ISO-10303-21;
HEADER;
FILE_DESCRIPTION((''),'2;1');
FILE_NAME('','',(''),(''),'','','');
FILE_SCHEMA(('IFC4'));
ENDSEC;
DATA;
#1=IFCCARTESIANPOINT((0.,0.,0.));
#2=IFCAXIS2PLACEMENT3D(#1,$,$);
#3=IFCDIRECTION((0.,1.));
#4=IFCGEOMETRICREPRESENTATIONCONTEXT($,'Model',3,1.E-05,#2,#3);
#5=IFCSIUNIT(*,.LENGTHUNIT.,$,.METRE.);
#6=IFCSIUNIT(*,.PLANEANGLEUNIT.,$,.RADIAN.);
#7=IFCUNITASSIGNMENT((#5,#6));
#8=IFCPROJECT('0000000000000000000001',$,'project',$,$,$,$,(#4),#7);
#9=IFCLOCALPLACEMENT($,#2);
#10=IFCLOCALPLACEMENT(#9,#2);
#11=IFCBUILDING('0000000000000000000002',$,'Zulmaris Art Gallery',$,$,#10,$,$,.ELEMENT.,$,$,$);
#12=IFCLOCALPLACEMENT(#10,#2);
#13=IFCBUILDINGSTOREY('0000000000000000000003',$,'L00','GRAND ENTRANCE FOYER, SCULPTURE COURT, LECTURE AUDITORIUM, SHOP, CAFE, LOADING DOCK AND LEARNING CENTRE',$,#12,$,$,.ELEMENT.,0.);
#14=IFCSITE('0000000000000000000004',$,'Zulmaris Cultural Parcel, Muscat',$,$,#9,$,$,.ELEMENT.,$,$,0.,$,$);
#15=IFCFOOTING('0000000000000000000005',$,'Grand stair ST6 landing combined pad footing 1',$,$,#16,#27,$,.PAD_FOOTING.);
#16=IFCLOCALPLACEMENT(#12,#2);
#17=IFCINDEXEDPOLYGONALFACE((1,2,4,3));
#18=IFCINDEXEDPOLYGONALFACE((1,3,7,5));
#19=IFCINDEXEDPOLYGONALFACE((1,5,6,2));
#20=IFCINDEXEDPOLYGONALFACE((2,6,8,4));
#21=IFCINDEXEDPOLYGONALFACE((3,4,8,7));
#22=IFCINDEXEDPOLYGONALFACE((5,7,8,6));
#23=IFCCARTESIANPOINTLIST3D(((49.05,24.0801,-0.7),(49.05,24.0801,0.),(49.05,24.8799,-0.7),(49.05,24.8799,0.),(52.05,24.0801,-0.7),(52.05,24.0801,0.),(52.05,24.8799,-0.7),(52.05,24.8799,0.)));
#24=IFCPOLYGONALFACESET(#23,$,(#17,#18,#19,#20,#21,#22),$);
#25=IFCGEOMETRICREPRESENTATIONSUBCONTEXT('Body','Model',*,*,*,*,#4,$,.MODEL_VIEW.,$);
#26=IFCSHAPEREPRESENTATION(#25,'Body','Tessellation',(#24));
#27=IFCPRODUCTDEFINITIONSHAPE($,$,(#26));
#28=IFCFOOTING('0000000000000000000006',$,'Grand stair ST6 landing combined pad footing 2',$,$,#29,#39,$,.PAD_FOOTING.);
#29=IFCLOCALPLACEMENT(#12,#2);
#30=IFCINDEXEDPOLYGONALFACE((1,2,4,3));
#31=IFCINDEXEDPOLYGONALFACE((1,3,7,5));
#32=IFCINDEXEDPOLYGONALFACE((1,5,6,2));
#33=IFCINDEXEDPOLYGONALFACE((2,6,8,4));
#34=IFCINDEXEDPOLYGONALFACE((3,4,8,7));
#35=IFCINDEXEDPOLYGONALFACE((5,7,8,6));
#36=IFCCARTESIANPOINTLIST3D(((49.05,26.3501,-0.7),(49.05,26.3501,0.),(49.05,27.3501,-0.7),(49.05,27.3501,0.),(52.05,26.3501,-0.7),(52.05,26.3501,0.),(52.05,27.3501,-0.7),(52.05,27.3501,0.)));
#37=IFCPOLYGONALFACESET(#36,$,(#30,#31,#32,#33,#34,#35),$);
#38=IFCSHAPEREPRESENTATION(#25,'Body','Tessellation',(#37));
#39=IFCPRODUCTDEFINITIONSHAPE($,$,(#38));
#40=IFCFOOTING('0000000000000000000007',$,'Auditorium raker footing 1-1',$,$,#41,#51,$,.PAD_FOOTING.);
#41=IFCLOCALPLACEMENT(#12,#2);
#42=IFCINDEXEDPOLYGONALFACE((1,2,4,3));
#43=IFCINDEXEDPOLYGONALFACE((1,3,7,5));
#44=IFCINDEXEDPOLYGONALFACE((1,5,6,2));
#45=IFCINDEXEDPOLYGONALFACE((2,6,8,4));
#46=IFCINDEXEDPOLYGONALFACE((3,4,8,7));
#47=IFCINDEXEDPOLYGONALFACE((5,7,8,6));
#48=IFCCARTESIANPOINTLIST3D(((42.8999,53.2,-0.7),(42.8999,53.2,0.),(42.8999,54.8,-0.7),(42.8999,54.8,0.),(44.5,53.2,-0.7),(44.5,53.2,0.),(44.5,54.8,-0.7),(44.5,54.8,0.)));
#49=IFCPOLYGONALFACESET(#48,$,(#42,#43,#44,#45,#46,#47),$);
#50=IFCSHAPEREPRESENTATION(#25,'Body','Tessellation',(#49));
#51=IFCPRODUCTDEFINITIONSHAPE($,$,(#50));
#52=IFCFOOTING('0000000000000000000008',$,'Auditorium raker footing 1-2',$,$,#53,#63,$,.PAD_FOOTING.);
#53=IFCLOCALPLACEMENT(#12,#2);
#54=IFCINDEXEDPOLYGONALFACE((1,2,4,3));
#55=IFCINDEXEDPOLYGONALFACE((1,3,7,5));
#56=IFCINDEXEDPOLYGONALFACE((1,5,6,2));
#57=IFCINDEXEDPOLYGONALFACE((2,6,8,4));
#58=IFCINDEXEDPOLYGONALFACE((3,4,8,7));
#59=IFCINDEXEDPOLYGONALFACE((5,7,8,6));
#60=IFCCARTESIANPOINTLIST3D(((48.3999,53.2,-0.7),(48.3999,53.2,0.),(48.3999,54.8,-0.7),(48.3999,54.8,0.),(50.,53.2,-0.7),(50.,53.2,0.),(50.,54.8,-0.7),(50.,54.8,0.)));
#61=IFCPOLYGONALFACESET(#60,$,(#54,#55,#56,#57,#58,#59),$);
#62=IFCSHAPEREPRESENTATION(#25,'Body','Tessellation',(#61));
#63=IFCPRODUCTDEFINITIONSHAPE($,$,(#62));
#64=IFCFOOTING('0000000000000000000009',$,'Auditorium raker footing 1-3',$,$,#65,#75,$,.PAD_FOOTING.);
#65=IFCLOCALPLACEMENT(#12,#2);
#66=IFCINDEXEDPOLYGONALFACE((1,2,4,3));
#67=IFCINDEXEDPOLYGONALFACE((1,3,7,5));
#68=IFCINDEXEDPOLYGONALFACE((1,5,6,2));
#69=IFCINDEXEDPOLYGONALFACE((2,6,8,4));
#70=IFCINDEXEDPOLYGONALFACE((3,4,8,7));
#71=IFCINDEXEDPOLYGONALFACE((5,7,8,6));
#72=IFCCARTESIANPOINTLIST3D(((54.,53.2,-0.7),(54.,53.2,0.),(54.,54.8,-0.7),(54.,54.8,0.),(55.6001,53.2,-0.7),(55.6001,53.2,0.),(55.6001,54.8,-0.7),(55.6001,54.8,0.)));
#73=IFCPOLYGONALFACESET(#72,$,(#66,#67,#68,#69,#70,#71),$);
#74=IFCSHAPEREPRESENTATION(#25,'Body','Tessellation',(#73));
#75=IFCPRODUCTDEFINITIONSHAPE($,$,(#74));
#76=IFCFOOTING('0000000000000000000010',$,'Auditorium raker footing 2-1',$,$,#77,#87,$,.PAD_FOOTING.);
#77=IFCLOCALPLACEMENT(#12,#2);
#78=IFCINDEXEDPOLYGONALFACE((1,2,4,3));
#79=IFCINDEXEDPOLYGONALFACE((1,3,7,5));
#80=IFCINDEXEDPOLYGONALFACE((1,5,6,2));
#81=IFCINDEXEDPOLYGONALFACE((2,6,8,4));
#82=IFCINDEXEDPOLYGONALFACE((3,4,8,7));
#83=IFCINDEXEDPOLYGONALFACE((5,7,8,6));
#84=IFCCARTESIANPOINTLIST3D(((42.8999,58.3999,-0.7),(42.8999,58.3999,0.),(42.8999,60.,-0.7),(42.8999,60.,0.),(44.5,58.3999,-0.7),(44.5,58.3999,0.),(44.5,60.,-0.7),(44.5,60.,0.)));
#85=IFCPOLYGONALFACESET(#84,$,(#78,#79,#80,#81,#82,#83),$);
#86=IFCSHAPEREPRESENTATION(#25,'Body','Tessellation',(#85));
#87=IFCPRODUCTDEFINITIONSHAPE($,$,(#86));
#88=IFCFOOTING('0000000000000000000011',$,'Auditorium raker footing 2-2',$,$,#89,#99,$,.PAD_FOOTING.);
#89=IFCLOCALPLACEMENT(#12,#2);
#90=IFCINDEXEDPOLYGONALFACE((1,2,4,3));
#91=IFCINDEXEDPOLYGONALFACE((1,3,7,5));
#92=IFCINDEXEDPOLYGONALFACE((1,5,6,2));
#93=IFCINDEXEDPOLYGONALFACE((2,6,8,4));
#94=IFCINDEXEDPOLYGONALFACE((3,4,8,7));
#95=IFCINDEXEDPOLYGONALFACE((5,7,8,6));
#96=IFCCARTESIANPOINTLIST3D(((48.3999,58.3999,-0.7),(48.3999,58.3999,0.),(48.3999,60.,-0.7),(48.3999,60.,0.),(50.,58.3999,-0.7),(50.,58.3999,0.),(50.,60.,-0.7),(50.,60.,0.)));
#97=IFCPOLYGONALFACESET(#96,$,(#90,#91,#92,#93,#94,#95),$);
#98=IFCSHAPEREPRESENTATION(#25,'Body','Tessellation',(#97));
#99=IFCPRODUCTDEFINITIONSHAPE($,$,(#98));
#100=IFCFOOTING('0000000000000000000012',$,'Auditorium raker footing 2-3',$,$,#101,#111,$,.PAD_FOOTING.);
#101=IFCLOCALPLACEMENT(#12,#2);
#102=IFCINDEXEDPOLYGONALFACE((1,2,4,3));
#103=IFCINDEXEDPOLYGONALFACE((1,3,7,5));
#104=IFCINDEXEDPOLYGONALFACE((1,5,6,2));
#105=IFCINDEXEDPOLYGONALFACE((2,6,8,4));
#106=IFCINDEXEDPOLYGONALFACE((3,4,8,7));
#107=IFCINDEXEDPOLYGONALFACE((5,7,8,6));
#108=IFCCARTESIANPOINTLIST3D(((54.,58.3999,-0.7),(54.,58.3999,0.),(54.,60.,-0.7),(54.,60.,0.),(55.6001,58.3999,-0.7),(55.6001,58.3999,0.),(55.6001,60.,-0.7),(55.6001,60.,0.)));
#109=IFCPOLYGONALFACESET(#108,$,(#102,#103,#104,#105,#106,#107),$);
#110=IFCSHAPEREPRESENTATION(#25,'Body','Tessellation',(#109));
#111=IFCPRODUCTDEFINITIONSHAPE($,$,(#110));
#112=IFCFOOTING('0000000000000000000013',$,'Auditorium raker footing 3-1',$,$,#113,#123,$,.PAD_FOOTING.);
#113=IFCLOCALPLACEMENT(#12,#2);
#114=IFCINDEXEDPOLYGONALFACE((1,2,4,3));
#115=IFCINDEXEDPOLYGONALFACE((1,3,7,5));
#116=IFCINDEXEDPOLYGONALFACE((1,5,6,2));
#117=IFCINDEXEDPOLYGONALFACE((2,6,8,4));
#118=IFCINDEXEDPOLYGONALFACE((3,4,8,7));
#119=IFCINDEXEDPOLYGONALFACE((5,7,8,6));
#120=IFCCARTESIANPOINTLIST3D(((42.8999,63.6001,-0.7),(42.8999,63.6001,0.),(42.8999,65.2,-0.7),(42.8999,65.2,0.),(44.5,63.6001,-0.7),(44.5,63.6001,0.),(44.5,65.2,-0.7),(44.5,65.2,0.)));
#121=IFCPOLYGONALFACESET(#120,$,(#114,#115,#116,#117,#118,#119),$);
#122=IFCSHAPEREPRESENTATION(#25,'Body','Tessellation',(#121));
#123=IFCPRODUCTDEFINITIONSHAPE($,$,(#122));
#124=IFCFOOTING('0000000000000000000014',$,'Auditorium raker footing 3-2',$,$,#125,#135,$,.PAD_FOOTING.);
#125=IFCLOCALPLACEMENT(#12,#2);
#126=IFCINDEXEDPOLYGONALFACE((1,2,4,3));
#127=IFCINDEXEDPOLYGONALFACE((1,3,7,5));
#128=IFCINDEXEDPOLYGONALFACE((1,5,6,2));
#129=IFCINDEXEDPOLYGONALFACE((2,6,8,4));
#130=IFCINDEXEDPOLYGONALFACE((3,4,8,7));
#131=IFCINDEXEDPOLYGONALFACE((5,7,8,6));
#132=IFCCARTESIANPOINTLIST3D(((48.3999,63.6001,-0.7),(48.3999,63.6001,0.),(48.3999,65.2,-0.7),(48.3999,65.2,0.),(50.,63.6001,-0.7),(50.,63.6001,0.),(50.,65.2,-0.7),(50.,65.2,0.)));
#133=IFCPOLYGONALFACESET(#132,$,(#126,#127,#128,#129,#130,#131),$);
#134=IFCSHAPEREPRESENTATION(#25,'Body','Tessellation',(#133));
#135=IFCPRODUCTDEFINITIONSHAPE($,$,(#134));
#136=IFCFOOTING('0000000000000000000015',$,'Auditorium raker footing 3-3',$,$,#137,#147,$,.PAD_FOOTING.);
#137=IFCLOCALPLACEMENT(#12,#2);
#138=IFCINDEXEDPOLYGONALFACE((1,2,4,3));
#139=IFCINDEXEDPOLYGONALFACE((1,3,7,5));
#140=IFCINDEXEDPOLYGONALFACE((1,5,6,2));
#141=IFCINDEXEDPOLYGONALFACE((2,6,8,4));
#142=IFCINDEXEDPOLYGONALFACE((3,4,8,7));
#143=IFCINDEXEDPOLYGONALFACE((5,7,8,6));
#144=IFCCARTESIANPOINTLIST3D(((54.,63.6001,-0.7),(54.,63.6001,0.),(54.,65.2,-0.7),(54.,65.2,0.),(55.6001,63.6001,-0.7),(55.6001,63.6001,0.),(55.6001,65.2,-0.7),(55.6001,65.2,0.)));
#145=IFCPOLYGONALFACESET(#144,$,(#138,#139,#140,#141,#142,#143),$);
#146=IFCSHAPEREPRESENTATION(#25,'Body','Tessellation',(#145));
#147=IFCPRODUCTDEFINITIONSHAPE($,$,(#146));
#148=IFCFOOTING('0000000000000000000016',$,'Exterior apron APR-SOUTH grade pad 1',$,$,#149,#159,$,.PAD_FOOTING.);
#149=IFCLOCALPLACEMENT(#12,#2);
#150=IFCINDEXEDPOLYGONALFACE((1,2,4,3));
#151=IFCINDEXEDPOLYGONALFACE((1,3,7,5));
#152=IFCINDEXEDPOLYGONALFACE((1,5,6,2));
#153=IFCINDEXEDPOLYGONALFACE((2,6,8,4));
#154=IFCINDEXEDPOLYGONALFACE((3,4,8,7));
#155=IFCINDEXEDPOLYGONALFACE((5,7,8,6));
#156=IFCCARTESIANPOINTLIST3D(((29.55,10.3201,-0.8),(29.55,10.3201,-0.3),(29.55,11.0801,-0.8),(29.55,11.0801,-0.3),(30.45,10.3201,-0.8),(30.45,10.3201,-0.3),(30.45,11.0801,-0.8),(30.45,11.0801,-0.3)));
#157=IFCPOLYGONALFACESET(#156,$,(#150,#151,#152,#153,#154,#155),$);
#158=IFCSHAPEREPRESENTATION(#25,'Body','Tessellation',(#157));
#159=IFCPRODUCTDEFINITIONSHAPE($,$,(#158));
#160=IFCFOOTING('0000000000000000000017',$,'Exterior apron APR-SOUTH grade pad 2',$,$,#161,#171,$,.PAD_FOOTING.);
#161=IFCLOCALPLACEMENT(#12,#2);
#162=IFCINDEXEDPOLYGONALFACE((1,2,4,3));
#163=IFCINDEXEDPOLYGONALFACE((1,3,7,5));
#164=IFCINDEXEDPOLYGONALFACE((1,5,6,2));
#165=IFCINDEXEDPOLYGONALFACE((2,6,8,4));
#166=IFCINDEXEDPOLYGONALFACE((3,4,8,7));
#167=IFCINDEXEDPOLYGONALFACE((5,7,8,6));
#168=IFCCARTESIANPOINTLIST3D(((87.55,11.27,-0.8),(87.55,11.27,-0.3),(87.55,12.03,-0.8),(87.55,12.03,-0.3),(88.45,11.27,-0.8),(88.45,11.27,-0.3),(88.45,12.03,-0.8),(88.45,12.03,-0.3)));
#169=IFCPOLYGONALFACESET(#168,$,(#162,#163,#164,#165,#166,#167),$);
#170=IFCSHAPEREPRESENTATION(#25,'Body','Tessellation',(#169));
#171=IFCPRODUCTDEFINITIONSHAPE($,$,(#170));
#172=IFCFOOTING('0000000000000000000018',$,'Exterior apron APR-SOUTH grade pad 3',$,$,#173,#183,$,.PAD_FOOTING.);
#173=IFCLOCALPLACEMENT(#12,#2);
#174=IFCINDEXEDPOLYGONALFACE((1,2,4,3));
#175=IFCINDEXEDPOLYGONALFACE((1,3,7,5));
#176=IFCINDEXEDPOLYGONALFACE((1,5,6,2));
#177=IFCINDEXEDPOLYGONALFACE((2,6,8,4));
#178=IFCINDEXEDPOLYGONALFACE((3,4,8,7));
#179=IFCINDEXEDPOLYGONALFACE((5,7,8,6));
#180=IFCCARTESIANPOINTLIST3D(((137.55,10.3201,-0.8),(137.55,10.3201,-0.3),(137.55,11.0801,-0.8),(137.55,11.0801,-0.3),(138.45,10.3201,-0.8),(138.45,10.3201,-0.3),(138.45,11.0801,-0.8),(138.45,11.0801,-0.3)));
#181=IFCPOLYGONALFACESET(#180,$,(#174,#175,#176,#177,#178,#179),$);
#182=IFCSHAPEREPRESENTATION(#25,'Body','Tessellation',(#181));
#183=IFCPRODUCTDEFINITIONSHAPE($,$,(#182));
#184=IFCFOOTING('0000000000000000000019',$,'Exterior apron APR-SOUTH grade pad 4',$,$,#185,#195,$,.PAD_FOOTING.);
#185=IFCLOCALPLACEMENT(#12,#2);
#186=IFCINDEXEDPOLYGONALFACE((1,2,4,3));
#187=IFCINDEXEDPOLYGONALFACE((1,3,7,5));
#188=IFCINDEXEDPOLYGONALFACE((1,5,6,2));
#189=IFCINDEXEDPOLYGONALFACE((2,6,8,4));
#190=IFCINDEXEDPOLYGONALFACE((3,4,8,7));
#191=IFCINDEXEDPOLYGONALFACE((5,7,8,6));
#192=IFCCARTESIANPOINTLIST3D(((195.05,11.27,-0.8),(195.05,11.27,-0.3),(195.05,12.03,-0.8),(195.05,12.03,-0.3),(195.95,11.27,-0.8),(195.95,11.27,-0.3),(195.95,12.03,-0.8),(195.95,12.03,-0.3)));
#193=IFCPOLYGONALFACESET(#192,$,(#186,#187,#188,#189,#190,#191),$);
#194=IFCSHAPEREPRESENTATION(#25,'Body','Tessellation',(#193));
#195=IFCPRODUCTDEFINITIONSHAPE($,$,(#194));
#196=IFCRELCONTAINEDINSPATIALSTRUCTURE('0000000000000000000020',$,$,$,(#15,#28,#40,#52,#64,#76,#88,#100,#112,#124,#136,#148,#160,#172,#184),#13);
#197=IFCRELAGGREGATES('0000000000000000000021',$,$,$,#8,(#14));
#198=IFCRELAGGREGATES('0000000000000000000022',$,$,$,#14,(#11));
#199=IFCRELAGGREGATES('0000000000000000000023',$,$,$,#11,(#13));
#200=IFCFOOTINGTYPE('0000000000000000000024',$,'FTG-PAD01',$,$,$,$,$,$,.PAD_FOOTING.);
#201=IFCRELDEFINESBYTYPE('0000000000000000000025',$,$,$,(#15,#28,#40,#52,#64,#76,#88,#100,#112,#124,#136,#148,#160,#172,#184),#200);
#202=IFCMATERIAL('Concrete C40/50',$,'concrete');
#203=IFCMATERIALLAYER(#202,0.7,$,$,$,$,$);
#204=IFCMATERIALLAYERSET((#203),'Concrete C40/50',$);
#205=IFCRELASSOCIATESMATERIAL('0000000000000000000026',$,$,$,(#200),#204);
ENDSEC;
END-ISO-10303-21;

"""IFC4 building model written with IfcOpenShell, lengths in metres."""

from ifc_helpers import new_model, si_unit, direction, frame, origin, place, context, subcontext, project, spatial, polyline, outline, extrude, material, layer, layer_set, type_object, element, save


model = new_model("IFC4")

# Units and contexts
model_context = context("Model", 3, precision=1e-05, world=origin(), true_north=direction((0.0, 1.0)))
body_context = subcontext(model_context, "Body", "Model", "MODEL_VIEW")
ifc_project = project(units=[si_unit("LENGTHUNIT", "METRE"), si_unit("PLANEANGLEUNIT", "RADIAN")], contexts=[model_context])

# Site, building, storey
site_placement = place(None, origin())
site = spatial("IfcSite", under=ifc_project, at=site_placement, Name="Zulmaris Cultural Parcel, Muscat", CompositionType="ELEMENT", RefElevation=0.0)
building_placement = place(site_placement, origin())
building = spatial("IfcBuilding", under=site, at=building_placement, Name="Zulmaris Art Gallery", CompositionType="ELEMENT")
storey_placement = place(building_placement, origin())
storey = spatial("IfcBuildingStorey", under=building, at=storey_placement, Name="L00", Description="GRAND ENTRANCE FOYER, SCULPTURE COURT, LECTURE AUDITORIUM, SHOP, CAFE, LOADING DOCK AND LEARNING CENTRE", CompositionType="ELEMENT", Elevation=0.0)

# Footings
ifc_material = material(Name="Concrete C40/50", Category="concrete")
ifc_layer_1 = layer(ifc_material, 0.7)
ifc_layer_set_1 = layer_set([ifc_layer_1], Name="Concrete C40/50")
footing_type_1 = type_object("IfcFootingType", Name="FTG-PAD01", PredefinedType="PAD_FOOTING", material=ifc_layer_set_1)
footing_1_placement = place(storey_placement, frame((0.0, 0.0, -0.7)))
element("IfcFooting", 1, at=footing_1_placement, inside=storey, type_object=footing_type_1, Name="Grand stair ST6 landing combined pad footing 1", PredefinedType="PAD_FOOTING", context=body_context, shape_type="SweptSolid", body=[
    extrude(outline(polyline([(49.05, 24.0801), (52.05, 24.0801), (52.05, 24.8799), (49.05, 24.8799), (49.05, 24.0801)])), origin(), (0.0, 0.0, 1.0), 0.7),
])
footing_2_placement = place(storey_placement, frame((0.0, 0.0, -0.7)))
element("IfcFooting", 2, at=footing_2_placement, inside=storey, type_object=footing_type_1, Name="Grand stair ST6 landing combined pad footing 2", PredefinedType="PAD_FOOTING", context=body_context, shape_type="SweptSolid", body=[
    extrude(outline(polyline([(49.05, 26.3501), (52.05, 26.3501), (52.05, 27.3501), (49.05, 27.3501), (49.05, 26.3501)])), origin(), (0.0, 0.0, 1.0), 0.7),
])
footing_3_placement = place(storey_placement, frame((0.0, 0.0, -0.7)))
element("IfcFooting", 3, at=footing_3_placement, inside=storey, type_object=footing_type_1, Name="Auditorium raker footing 1-1", PredefinedType="PAD_FOOTING", context=body_context, shape_type="SweptSolid", body=[
    extrude(outline(polyline([(42.8999, 53.2), (44.5, 53.2), (44.5, 54.8), (42.8999, 54.8), (42.8999, 53.2)])), origin(), (0.0, 0.0, 1.0), 0.7),
])
footing_4_placement = place(storey_placement, frame((0.0, 0.0, -0.7)))
element("IfcFooting", 4, at=footing_4_placement, inside=storey, type_object=footing_type_1, Name="Auditorium raker footing 1-2", PredefinedType="PAD_FOOTING", context=body_context, shape_type="SweptSolid", body=[
    extrude(outline(polyline([(48.3999, 53.2), (50.0, 53.2), (50.0, 54.8), (48.3999, 54.8), (48.3999, 53.2)])), origin(), (0.0, 0.0, 1.0), 0.7),
])
footing_5_placement = place(storey_placement, frame((0.0, 0.0, -0.7)))
element("IfcFooting", 5, at=footing_5_placement, inside=storey, type_object=footing_type_1, Name="Auditorium raker footing 1-3", PredefinedType="PAD_FOOTING", context=body_context, shape_type="SweptSolid", body=[
    extrude(outline(polyline([(54.0, 53.2), (55.6001, 53.2), (55.6001, 54.8), (54.0, 54.8), (54.0, 53.2)])), origin(), (0.0, 0.0, 1.0), 0.7),
])
footing_6_placement = place(storey_placement, frame((0.0, 0.0, -0.7)))
element("IfcFooting", 6, at=footing_6_placement, inside=storey, type_object=footing_type_1, Name="Auditorium raker footing 2-1", PredefinedType="PAD_FOOTING", context=body_context, shape_type="SweptSolid", body=[
    extrude(outline(polyline([(42.8999, 58.3999), (44.5, 58.3999), (44.5, 60.0), (42.8999, 60.0), (42.8999, 58.3999)])), origin(), (0.0, 0.0, 1.0), 0.7),
])
footing_7_placement = place(storey_placement, frame((0.0, 0.0, -0.7)))
element("IfcFooting", 7, at=footing_7_placement, inside=storey, type_object=footing_type_1, Name="Auditorium raker footing 2-2", PredefinedType="PAD_FOOTING", context=body_context, shape_type="SweptSolid", body=[
    extrude(outline(polyline([(48.3999, 58.3999), (50.0, 58.3999), (50.0, 60.0), (48.3999, 60.0), (48.3999, 58.3999)])), origin(), (0.0, 0.0, 1.0), 0.7),
])
footing_8_placement = place(storey_placement, frame((0.0, 0.0, -0.7)))
element("IfcFooting", 8, at=footing_8_placement, inside=storey, type_object=footing_type_1, Name="Auditorium raker footing 2-3", PredefinedType="PAD_FOOTING", context=body_context, shape_type="SweptSolid", body=[
    extrude(outline(polyline([(54.0, 58.3999), (55.6001, 58.3999), (55.6001, 60.0), (54.0, 60.0), (54.0, 58.3999)])), origin(), (0.0, 0.0, 1.0), 0.7),
])
footing_9_placement = place(storey_placement, frame((0.0, 0.0, -0.7)))
element("IfcFooting", 9, at=footing_9_placement, inside=storey, type_object=footing_type_1, Name="Auditorium raker footing 3-1", PredefinedType="PAD_FOOTING", context=body_context, shape_type="SweptSolid", body=[
    extrude(outline(polyline([(42.8999, 63.6001), (44.5, 63.6001), (44.5, 65.2), (42.8999, 65.2), (42.8999, 63.6001)])), origin(), (0.0, 0.0, 1.0), 0.7),
])
footing_10_placement = place(storey_placement, frame((0.0, 0.0, -0.7)))
element("IfcFooting", 10, at=footing_10_placement, inside=storey, type_object=footing_type_1, Name="Auditorium raker footing 3-2", PredefinedType="PAD_FOOTING", context=body_context, shape_type="SweptSolid", body=[
    extrude(outline(polyline([(48.3999, 63.6001), (50.0, 63.6001), (50.0, 65.2), (48.3999, 65.2), (48.3999, 63.6001)])), origin(), (0.0, 0.0, 1.0), 0.7),
])
footing_11_placement = place(storey_placement, frame((0.0, 0.0, -0.7)))
element("IfcFooting", 11, at=footing_11_placement, inside=storey, type_object=footing_type_1, Name="Auditorium raker footing 3-3", PredefinedType="PAD_FOOTING", context=body_context, shape_type="SweptSolid", body=[
    extrude(outline(polyline([(54.0, 63.6001), (55.6001, 63.6001), (55.6001, 65.2), (54.0, 65.2), (54.0, 63.6001)])), origin(), (0.0, 0.0, 1.0), 0.7),
])
footing_12_placement = place(storey_placement, frame((0.0, 0.0, -0.8)))
element("IfcFooting", 12, at=footing_12_placement, inside=storey, type_object=footing_type_1, Name="Exterior apron APR-SOUTH grade pad 1", PredefinedType="PAD_FOOTING", context=body_context, shape_type="SweptSolid", body=[
    extrude(outline(polyline([(29.55, 10.3201), (30.45, 10.3201), (30.45, 11.0801), (29.55, 11.0801), (29.55, 10.3201)])), origin(), (0.0, 0.0, 1.0), 0.5),
])
footing_13_placement = place(storey_placement, frame((0.0, 0.0, -0.8)))
element("IfcFooting", 13, at=footing_13_placement, inside=storey, type_object=footing_type_1, Name="Exterior apron APR-SOUTH grade pad 2", PredefinedType="PAD_FOOTING", context=body_context, shape_type="SweptSolid", body=[
    extrude(outline(polyline([(87.55, 11.27), (88.45, 11.27), (88.45, 12.03), (87.55, 12.03), (87.55, 11.27)])), origin(), (0.0, 0.0, 1.0), 0.5),
])
footing_14_placement = place(storey_placement, frame((0.0, 0.0, -0.8)))
element("IfcFooting", 14, at=footing_14_placement, inside=storey, type_object=footing_type_1, Name="Exterior apron APR-SOUTH grade pad 3", PredefinedType="PAD_FOOTING", context=body_context, shape_type="SweptSolid", body=[
    extrude(outline(polyline([(137.55, 10.3201), (138.45, 10.3201), (138.45, 11.0801), (137.55, 11.0801), (137.55, 10.3201)])), origin(), (0.0, 0.0, 1.0), 0.5),
])
footing_15_placement = place(storey_placement, frame((0.0, 0.0, -0.8)))
element("IfcFooting", 15, at=footing_15_placement, inside=storey, type_object=footing_type_1, Name="Exterior apron APR-SOUTH grade pad 4", PredefinedType="PAD_FOOTING", context=body_context, shape_type="SweptSolid", body=[
    extrude(outline(polyline([(195.05, 11.27), (195.95, 11.27), (195.95, 12.03), (195.05, 12.03), (195.05, 11.27)])), origin(), (0.0, 0.0, 1.0), 0.5),
])

save(model, "model.ifc")
